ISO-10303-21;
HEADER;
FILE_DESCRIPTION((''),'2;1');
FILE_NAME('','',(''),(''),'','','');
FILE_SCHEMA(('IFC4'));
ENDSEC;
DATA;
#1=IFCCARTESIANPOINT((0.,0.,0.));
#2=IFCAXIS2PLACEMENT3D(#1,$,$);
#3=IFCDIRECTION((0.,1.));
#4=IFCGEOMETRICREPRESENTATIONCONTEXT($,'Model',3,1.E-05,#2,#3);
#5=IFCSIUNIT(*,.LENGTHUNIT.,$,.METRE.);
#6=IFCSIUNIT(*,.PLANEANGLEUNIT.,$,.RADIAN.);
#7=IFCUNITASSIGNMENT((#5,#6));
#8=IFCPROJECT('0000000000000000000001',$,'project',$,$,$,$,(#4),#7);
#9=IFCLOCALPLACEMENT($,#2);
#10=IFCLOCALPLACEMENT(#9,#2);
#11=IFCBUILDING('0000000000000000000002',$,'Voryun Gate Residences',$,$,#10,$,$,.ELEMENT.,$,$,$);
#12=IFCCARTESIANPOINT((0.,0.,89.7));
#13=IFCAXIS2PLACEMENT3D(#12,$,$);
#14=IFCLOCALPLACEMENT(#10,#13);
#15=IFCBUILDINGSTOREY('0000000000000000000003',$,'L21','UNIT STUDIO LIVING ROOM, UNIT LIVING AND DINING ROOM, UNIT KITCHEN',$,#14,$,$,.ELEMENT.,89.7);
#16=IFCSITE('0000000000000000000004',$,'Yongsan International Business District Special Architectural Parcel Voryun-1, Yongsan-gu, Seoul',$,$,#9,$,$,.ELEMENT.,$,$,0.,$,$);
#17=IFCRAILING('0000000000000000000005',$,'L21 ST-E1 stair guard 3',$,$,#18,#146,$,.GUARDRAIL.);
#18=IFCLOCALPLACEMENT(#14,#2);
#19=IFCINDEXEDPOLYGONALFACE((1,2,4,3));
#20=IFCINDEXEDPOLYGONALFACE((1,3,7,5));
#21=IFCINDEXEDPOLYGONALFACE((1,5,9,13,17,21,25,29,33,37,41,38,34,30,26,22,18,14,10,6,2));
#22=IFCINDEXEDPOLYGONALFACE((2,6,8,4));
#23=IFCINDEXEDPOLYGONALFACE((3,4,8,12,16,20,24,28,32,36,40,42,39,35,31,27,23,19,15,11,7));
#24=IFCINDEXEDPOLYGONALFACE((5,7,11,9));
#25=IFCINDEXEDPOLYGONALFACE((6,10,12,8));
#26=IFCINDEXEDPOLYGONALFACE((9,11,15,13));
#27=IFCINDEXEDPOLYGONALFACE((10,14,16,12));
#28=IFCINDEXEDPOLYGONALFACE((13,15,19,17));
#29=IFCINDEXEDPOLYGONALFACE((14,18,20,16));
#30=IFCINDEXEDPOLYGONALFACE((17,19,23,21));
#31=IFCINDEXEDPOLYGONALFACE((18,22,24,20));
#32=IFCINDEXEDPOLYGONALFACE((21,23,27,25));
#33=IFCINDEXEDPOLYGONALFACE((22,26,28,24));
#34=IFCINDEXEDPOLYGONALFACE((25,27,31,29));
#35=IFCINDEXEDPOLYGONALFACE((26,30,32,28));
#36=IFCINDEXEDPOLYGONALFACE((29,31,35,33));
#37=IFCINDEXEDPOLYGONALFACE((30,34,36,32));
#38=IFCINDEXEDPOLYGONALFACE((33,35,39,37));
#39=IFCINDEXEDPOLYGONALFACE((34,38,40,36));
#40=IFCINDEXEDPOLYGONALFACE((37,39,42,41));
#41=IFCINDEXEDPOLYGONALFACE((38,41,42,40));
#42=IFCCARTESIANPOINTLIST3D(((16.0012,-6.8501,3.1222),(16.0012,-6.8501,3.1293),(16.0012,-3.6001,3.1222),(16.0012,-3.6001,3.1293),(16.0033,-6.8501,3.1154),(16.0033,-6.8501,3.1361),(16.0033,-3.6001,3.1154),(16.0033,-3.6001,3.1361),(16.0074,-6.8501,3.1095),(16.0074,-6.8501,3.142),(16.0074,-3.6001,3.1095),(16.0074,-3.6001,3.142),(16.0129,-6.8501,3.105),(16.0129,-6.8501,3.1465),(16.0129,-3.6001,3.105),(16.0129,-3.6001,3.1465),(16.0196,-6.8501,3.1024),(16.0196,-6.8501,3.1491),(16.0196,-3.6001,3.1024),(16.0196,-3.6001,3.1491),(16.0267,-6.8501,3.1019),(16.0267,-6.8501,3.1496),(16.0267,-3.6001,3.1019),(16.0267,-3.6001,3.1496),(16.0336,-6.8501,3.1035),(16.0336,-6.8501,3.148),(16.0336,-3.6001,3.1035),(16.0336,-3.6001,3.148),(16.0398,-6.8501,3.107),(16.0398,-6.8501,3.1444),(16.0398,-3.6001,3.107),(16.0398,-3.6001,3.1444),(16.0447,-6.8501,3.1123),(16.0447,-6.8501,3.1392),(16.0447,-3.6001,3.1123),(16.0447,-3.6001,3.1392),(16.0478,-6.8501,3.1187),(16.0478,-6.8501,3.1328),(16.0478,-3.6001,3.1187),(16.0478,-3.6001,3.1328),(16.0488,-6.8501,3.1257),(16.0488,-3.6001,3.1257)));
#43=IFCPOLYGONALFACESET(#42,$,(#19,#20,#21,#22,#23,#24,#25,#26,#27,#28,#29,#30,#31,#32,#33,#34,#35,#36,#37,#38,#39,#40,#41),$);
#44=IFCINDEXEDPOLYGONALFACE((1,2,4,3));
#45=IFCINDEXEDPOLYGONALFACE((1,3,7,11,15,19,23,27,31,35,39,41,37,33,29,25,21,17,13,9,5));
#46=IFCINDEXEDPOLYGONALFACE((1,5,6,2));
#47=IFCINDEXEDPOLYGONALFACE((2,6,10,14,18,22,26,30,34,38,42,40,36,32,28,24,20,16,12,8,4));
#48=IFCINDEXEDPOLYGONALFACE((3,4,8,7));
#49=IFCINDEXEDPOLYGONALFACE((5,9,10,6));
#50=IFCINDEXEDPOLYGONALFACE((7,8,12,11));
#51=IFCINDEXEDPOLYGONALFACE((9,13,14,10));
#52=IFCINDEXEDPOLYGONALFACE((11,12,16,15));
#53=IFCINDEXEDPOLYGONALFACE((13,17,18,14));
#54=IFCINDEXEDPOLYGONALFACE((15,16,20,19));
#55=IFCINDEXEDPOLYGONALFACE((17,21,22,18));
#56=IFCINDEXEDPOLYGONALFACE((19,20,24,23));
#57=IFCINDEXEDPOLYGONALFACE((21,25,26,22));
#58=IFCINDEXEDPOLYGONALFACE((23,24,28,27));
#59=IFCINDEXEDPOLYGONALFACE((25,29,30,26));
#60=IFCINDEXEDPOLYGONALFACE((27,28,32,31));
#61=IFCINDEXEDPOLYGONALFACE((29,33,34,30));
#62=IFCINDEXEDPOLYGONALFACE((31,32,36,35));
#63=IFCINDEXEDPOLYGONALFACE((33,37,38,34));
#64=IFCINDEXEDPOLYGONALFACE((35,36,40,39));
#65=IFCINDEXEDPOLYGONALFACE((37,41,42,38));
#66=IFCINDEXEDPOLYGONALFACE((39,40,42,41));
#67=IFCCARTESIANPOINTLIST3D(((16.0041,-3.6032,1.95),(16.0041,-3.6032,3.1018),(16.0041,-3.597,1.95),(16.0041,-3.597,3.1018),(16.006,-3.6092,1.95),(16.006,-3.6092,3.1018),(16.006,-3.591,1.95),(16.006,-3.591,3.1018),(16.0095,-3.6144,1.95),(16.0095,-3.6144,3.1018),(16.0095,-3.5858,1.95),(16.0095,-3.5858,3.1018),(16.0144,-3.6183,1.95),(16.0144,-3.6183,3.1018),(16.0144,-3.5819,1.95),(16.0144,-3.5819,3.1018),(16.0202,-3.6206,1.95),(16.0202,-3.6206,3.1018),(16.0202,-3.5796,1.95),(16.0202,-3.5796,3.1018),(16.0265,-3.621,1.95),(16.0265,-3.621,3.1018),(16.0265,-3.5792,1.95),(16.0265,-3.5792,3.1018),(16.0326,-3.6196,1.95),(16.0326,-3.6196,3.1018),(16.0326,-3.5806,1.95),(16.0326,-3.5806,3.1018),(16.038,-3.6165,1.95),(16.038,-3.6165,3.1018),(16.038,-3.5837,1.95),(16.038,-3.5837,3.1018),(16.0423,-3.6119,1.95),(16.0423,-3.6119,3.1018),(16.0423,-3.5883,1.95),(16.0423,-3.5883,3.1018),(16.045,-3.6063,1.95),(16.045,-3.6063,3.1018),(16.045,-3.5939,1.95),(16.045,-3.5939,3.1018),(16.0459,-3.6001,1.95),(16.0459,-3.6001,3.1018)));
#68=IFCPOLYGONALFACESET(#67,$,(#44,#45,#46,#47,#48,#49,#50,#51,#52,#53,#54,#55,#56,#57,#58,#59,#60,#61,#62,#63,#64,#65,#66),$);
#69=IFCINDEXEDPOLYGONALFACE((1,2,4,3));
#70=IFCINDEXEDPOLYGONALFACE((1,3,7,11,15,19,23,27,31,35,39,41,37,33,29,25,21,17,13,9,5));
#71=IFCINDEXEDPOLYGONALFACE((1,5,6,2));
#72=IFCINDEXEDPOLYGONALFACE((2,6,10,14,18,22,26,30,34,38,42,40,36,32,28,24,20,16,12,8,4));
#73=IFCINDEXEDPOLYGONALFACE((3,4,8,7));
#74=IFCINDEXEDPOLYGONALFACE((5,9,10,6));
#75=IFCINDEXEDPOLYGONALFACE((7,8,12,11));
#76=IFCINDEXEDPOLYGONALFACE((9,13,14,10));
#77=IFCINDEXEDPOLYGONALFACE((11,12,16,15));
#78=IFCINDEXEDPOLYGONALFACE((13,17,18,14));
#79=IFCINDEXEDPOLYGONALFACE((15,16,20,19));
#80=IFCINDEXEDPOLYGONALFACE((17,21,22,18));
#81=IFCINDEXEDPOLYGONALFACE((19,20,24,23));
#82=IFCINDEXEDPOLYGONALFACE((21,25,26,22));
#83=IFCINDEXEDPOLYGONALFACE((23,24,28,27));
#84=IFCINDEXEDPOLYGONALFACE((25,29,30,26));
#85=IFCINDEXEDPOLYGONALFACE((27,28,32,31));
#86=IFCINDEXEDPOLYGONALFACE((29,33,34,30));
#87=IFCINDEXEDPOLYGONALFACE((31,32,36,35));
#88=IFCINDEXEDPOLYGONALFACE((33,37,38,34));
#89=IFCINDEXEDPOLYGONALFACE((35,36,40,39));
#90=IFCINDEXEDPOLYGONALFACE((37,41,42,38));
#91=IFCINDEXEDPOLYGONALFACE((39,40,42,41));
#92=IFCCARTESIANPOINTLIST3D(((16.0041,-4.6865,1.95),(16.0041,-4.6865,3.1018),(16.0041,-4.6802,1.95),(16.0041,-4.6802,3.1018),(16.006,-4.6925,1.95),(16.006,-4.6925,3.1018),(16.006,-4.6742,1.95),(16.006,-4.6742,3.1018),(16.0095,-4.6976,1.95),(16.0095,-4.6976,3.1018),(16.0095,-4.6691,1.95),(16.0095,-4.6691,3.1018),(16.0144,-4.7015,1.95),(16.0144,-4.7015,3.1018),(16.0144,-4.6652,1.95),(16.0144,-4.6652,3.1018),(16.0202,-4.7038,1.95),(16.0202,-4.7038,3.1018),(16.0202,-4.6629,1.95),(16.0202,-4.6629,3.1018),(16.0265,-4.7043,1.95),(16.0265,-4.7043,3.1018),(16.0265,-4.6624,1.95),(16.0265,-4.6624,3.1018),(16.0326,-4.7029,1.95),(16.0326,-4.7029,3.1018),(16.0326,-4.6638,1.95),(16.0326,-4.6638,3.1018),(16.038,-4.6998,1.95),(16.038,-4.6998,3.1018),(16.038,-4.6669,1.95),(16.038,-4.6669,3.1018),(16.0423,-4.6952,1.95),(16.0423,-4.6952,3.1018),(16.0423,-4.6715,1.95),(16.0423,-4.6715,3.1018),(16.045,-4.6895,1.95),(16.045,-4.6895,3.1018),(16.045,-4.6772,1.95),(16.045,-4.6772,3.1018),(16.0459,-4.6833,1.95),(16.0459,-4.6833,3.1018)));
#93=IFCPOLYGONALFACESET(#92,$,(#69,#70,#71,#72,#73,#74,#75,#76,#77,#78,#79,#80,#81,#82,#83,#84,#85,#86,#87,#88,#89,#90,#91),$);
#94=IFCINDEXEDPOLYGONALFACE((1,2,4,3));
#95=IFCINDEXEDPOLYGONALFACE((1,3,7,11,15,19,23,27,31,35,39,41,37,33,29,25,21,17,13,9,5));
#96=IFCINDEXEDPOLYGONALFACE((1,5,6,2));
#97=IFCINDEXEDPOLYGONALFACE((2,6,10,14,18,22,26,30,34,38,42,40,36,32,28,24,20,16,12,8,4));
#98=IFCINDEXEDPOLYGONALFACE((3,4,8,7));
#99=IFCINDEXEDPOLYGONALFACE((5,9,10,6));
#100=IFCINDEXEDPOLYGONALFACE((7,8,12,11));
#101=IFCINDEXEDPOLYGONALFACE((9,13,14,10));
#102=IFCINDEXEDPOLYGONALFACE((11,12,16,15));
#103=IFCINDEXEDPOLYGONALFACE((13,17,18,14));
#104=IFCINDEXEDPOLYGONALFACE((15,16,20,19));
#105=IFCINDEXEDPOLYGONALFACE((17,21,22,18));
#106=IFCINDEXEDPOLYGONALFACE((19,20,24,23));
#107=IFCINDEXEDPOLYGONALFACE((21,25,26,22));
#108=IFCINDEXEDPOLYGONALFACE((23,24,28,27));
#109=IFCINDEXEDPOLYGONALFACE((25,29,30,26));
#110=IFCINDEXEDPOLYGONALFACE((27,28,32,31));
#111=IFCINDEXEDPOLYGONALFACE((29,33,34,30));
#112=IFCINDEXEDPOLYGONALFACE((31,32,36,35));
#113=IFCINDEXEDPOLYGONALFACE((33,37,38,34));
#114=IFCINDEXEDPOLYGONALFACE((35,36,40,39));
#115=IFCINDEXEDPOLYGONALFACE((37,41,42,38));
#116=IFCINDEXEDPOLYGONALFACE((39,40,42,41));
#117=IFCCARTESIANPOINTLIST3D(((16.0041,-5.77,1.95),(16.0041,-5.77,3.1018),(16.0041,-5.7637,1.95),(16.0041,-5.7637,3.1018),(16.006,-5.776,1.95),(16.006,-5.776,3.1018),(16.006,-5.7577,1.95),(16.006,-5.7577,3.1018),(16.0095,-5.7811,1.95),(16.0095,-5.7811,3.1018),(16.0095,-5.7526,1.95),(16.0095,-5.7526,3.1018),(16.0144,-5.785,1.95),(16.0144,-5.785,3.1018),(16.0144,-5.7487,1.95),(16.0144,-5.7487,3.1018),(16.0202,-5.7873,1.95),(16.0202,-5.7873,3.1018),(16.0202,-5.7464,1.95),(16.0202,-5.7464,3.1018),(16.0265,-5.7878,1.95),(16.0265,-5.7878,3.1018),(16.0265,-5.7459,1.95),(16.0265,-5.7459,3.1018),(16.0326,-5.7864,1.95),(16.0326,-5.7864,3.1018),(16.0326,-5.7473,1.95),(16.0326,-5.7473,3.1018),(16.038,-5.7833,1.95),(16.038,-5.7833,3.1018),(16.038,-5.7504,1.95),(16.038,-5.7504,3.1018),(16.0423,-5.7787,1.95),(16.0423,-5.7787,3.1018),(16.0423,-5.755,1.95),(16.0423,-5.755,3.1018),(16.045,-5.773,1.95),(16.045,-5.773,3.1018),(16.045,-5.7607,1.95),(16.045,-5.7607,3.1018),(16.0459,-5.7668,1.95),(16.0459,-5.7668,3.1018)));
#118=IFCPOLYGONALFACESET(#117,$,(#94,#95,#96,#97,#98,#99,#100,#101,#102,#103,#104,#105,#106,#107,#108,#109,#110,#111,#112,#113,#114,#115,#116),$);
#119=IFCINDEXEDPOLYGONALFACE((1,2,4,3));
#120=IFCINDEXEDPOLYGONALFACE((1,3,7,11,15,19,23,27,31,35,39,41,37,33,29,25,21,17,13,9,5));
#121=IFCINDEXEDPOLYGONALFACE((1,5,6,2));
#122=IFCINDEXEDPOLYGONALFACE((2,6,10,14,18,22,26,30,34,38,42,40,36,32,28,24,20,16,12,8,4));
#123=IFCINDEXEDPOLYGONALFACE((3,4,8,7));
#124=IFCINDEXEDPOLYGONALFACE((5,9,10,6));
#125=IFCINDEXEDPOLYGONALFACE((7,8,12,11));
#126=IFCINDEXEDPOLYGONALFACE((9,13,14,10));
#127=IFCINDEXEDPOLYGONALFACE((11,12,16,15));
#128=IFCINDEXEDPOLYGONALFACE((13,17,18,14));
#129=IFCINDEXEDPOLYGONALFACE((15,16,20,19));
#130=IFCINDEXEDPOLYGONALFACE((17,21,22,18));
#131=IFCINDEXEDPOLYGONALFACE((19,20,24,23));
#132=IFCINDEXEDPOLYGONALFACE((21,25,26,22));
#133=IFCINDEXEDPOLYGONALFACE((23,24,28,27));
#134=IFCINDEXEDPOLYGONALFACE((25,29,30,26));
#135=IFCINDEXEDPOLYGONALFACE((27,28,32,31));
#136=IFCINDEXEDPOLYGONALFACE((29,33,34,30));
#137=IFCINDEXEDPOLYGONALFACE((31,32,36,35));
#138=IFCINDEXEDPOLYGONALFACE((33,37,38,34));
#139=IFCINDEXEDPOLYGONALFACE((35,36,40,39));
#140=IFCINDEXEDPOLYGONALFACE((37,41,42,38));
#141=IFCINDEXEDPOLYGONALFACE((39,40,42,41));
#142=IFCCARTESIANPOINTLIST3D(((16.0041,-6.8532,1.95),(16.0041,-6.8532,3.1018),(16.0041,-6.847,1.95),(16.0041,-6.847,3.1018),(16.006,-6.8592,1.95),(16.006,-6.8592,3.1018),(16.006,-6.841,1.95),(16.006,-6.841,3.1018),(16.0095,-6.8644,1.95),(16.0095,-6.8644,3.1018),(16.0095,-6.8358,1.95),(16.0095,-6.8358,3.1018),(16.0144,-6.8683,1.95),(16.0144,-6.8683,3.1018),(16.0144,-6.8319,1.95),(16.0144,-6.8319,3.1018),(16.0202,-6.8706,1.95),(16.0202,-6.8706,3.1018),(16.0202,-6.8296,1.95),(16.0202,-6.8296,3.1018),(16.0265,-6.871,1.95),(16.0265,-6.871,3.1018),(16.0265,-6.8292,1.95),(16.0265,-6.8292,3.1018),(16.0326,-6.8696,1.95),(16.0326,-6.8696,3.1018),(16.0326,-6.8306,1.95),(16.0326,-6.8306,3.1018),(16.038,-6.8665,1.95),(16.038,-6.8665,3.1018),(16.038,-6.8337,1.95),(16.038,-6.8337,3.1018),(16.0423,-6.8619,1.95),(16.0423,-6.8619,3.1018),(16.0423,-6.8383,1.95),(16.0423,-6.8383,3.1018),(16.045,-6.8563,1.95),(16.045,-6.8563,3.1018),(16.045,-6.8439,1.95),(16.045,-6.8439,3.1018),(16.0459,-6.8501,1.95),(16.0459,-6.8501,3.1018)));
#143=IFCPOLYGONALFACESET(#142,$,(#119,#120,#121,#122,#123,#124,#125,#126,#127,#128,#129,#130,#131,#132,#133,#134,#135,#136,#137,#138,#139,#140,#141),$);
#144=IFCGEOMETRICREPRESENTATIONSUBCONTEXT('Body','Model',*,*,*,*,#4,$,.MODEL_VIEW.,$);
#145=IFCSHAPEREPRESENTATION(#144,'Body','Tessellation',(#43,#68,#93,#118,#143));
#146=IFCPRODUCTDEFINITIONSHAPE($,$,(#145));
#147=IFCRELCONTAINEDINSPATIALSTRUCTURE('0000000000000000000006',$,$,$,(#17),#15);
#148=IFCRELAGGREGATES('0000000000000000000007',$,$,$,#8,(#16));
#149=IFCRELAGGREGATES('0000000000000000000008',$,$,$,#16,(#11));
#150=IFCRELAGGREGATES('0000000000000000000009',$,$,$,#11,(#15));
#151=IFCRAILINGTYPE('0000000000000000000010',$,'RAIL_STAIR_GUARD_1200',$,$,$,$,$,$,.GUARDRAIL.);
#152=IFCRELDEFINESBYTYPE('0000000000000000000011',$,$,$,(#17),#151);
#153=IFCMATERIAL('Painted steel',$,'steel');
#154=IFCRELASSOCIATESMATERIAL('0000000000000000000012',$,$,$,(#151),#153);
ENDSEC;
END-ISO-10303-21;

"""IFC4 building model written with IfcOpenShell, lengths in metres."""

from ifc_helpers import new_model, si_unit, direction, frame, origin, origin_2d, place, context, subcontext, project, spatial, circle, extrude, material, type_object, element, save


model = new_model("IFC4")

# Units and contexts
model_context = context("Model", 3, precision=1e-05, world=origin(), true_north=direction((0.0, 1.0)))
body_context = subcontext(model_context, "Body", "Model", "MODEL_VIEW")
ifc_project = project(units=[si_unit("LENGTHUNIT", "METRE"), si_unit("PLANEANGLEUNIT", "RADIAN")], contexts=[model_context])

# Site, building, storey
site_placement = place(None, origin())
site = spatial("IfcSite", under=ifc_project, at=site_placement, Name="Yongsan International Business District Special Architectural Parcel Voryun-1, Yongsan-gu, Seoul", CompositionType="ELEMENT", RefElevation=0.0)
building_placement = place(site_placement, origin())
building = spatial("IfcBuilding", under=site, at=building_placement, Name="Voryun Gate Residences", CompositionType="ELEMENT")
storey_placement = place(building_placement, frame((0.0, 0.0, 89.7)))
storey = spatial("IfcBuildingStorey", under=building, at=storey_placement, Name="L21", Description="UNIT STUDIO LIVING ROOM, UNIT LIVING AND DINING ROOM, UNIT KITCHEN", CompositionType="ELEMENT", Elevation=89.7)

# Railing
ifc_material_1 = material(Name="Painted steel", Category="steel")
railing_type_1 = type_object("IfcRailingType", Name="RAIL_STAIR_GUARD_1200", PredefinedType="GUARDRAIL", material=ifc_material_1)
for number, where, name in (
    (1, (16.0249, -3.6001, 1.95), "L21 ST-E1 stair guard 3"),
):
    element("IfcRailing", number, at=place(storey_placement, frame(where)), inside=storey, type_object=railing_type_1, Name=name, PredefinedType="GUARDRAIL", context=body_context, shape_type="SweptSolid", body=[
        extrude(circle(Radius=0.0239, at=origin_2d()), frame((0.0, 0.0, 1.1758), z_axis=(0.0, -1.0, 0.0), x_axis=(1.0, 0.0, 0.0)), (0.0, 0.0, 1.0), 3.25),
        extrude(circle(Radius=0.021, at=origin_2d()), origin(), (0.0, 0.0, 1.0), 1.1519),
        extrude(circle(Radius=0.021, at=origin_2d()), frame((0.0, -1.0833, 0.0)), (0.0, 0.0, 1.0), 1.1519),
        extrude(circle(Radius=0.021, at=origin_2d()), frame((0.0, -2.1667, 0.0)), (0.0, 0.0, 1.0), 1.1519),
        extrude(circle(Radius=0.021, at=origin_2d()), frame((0.0, -3.25, 0.0)), (0.0, 0.0, 1.0), 1.1519),
    ])

save(model, "model.ifc")
